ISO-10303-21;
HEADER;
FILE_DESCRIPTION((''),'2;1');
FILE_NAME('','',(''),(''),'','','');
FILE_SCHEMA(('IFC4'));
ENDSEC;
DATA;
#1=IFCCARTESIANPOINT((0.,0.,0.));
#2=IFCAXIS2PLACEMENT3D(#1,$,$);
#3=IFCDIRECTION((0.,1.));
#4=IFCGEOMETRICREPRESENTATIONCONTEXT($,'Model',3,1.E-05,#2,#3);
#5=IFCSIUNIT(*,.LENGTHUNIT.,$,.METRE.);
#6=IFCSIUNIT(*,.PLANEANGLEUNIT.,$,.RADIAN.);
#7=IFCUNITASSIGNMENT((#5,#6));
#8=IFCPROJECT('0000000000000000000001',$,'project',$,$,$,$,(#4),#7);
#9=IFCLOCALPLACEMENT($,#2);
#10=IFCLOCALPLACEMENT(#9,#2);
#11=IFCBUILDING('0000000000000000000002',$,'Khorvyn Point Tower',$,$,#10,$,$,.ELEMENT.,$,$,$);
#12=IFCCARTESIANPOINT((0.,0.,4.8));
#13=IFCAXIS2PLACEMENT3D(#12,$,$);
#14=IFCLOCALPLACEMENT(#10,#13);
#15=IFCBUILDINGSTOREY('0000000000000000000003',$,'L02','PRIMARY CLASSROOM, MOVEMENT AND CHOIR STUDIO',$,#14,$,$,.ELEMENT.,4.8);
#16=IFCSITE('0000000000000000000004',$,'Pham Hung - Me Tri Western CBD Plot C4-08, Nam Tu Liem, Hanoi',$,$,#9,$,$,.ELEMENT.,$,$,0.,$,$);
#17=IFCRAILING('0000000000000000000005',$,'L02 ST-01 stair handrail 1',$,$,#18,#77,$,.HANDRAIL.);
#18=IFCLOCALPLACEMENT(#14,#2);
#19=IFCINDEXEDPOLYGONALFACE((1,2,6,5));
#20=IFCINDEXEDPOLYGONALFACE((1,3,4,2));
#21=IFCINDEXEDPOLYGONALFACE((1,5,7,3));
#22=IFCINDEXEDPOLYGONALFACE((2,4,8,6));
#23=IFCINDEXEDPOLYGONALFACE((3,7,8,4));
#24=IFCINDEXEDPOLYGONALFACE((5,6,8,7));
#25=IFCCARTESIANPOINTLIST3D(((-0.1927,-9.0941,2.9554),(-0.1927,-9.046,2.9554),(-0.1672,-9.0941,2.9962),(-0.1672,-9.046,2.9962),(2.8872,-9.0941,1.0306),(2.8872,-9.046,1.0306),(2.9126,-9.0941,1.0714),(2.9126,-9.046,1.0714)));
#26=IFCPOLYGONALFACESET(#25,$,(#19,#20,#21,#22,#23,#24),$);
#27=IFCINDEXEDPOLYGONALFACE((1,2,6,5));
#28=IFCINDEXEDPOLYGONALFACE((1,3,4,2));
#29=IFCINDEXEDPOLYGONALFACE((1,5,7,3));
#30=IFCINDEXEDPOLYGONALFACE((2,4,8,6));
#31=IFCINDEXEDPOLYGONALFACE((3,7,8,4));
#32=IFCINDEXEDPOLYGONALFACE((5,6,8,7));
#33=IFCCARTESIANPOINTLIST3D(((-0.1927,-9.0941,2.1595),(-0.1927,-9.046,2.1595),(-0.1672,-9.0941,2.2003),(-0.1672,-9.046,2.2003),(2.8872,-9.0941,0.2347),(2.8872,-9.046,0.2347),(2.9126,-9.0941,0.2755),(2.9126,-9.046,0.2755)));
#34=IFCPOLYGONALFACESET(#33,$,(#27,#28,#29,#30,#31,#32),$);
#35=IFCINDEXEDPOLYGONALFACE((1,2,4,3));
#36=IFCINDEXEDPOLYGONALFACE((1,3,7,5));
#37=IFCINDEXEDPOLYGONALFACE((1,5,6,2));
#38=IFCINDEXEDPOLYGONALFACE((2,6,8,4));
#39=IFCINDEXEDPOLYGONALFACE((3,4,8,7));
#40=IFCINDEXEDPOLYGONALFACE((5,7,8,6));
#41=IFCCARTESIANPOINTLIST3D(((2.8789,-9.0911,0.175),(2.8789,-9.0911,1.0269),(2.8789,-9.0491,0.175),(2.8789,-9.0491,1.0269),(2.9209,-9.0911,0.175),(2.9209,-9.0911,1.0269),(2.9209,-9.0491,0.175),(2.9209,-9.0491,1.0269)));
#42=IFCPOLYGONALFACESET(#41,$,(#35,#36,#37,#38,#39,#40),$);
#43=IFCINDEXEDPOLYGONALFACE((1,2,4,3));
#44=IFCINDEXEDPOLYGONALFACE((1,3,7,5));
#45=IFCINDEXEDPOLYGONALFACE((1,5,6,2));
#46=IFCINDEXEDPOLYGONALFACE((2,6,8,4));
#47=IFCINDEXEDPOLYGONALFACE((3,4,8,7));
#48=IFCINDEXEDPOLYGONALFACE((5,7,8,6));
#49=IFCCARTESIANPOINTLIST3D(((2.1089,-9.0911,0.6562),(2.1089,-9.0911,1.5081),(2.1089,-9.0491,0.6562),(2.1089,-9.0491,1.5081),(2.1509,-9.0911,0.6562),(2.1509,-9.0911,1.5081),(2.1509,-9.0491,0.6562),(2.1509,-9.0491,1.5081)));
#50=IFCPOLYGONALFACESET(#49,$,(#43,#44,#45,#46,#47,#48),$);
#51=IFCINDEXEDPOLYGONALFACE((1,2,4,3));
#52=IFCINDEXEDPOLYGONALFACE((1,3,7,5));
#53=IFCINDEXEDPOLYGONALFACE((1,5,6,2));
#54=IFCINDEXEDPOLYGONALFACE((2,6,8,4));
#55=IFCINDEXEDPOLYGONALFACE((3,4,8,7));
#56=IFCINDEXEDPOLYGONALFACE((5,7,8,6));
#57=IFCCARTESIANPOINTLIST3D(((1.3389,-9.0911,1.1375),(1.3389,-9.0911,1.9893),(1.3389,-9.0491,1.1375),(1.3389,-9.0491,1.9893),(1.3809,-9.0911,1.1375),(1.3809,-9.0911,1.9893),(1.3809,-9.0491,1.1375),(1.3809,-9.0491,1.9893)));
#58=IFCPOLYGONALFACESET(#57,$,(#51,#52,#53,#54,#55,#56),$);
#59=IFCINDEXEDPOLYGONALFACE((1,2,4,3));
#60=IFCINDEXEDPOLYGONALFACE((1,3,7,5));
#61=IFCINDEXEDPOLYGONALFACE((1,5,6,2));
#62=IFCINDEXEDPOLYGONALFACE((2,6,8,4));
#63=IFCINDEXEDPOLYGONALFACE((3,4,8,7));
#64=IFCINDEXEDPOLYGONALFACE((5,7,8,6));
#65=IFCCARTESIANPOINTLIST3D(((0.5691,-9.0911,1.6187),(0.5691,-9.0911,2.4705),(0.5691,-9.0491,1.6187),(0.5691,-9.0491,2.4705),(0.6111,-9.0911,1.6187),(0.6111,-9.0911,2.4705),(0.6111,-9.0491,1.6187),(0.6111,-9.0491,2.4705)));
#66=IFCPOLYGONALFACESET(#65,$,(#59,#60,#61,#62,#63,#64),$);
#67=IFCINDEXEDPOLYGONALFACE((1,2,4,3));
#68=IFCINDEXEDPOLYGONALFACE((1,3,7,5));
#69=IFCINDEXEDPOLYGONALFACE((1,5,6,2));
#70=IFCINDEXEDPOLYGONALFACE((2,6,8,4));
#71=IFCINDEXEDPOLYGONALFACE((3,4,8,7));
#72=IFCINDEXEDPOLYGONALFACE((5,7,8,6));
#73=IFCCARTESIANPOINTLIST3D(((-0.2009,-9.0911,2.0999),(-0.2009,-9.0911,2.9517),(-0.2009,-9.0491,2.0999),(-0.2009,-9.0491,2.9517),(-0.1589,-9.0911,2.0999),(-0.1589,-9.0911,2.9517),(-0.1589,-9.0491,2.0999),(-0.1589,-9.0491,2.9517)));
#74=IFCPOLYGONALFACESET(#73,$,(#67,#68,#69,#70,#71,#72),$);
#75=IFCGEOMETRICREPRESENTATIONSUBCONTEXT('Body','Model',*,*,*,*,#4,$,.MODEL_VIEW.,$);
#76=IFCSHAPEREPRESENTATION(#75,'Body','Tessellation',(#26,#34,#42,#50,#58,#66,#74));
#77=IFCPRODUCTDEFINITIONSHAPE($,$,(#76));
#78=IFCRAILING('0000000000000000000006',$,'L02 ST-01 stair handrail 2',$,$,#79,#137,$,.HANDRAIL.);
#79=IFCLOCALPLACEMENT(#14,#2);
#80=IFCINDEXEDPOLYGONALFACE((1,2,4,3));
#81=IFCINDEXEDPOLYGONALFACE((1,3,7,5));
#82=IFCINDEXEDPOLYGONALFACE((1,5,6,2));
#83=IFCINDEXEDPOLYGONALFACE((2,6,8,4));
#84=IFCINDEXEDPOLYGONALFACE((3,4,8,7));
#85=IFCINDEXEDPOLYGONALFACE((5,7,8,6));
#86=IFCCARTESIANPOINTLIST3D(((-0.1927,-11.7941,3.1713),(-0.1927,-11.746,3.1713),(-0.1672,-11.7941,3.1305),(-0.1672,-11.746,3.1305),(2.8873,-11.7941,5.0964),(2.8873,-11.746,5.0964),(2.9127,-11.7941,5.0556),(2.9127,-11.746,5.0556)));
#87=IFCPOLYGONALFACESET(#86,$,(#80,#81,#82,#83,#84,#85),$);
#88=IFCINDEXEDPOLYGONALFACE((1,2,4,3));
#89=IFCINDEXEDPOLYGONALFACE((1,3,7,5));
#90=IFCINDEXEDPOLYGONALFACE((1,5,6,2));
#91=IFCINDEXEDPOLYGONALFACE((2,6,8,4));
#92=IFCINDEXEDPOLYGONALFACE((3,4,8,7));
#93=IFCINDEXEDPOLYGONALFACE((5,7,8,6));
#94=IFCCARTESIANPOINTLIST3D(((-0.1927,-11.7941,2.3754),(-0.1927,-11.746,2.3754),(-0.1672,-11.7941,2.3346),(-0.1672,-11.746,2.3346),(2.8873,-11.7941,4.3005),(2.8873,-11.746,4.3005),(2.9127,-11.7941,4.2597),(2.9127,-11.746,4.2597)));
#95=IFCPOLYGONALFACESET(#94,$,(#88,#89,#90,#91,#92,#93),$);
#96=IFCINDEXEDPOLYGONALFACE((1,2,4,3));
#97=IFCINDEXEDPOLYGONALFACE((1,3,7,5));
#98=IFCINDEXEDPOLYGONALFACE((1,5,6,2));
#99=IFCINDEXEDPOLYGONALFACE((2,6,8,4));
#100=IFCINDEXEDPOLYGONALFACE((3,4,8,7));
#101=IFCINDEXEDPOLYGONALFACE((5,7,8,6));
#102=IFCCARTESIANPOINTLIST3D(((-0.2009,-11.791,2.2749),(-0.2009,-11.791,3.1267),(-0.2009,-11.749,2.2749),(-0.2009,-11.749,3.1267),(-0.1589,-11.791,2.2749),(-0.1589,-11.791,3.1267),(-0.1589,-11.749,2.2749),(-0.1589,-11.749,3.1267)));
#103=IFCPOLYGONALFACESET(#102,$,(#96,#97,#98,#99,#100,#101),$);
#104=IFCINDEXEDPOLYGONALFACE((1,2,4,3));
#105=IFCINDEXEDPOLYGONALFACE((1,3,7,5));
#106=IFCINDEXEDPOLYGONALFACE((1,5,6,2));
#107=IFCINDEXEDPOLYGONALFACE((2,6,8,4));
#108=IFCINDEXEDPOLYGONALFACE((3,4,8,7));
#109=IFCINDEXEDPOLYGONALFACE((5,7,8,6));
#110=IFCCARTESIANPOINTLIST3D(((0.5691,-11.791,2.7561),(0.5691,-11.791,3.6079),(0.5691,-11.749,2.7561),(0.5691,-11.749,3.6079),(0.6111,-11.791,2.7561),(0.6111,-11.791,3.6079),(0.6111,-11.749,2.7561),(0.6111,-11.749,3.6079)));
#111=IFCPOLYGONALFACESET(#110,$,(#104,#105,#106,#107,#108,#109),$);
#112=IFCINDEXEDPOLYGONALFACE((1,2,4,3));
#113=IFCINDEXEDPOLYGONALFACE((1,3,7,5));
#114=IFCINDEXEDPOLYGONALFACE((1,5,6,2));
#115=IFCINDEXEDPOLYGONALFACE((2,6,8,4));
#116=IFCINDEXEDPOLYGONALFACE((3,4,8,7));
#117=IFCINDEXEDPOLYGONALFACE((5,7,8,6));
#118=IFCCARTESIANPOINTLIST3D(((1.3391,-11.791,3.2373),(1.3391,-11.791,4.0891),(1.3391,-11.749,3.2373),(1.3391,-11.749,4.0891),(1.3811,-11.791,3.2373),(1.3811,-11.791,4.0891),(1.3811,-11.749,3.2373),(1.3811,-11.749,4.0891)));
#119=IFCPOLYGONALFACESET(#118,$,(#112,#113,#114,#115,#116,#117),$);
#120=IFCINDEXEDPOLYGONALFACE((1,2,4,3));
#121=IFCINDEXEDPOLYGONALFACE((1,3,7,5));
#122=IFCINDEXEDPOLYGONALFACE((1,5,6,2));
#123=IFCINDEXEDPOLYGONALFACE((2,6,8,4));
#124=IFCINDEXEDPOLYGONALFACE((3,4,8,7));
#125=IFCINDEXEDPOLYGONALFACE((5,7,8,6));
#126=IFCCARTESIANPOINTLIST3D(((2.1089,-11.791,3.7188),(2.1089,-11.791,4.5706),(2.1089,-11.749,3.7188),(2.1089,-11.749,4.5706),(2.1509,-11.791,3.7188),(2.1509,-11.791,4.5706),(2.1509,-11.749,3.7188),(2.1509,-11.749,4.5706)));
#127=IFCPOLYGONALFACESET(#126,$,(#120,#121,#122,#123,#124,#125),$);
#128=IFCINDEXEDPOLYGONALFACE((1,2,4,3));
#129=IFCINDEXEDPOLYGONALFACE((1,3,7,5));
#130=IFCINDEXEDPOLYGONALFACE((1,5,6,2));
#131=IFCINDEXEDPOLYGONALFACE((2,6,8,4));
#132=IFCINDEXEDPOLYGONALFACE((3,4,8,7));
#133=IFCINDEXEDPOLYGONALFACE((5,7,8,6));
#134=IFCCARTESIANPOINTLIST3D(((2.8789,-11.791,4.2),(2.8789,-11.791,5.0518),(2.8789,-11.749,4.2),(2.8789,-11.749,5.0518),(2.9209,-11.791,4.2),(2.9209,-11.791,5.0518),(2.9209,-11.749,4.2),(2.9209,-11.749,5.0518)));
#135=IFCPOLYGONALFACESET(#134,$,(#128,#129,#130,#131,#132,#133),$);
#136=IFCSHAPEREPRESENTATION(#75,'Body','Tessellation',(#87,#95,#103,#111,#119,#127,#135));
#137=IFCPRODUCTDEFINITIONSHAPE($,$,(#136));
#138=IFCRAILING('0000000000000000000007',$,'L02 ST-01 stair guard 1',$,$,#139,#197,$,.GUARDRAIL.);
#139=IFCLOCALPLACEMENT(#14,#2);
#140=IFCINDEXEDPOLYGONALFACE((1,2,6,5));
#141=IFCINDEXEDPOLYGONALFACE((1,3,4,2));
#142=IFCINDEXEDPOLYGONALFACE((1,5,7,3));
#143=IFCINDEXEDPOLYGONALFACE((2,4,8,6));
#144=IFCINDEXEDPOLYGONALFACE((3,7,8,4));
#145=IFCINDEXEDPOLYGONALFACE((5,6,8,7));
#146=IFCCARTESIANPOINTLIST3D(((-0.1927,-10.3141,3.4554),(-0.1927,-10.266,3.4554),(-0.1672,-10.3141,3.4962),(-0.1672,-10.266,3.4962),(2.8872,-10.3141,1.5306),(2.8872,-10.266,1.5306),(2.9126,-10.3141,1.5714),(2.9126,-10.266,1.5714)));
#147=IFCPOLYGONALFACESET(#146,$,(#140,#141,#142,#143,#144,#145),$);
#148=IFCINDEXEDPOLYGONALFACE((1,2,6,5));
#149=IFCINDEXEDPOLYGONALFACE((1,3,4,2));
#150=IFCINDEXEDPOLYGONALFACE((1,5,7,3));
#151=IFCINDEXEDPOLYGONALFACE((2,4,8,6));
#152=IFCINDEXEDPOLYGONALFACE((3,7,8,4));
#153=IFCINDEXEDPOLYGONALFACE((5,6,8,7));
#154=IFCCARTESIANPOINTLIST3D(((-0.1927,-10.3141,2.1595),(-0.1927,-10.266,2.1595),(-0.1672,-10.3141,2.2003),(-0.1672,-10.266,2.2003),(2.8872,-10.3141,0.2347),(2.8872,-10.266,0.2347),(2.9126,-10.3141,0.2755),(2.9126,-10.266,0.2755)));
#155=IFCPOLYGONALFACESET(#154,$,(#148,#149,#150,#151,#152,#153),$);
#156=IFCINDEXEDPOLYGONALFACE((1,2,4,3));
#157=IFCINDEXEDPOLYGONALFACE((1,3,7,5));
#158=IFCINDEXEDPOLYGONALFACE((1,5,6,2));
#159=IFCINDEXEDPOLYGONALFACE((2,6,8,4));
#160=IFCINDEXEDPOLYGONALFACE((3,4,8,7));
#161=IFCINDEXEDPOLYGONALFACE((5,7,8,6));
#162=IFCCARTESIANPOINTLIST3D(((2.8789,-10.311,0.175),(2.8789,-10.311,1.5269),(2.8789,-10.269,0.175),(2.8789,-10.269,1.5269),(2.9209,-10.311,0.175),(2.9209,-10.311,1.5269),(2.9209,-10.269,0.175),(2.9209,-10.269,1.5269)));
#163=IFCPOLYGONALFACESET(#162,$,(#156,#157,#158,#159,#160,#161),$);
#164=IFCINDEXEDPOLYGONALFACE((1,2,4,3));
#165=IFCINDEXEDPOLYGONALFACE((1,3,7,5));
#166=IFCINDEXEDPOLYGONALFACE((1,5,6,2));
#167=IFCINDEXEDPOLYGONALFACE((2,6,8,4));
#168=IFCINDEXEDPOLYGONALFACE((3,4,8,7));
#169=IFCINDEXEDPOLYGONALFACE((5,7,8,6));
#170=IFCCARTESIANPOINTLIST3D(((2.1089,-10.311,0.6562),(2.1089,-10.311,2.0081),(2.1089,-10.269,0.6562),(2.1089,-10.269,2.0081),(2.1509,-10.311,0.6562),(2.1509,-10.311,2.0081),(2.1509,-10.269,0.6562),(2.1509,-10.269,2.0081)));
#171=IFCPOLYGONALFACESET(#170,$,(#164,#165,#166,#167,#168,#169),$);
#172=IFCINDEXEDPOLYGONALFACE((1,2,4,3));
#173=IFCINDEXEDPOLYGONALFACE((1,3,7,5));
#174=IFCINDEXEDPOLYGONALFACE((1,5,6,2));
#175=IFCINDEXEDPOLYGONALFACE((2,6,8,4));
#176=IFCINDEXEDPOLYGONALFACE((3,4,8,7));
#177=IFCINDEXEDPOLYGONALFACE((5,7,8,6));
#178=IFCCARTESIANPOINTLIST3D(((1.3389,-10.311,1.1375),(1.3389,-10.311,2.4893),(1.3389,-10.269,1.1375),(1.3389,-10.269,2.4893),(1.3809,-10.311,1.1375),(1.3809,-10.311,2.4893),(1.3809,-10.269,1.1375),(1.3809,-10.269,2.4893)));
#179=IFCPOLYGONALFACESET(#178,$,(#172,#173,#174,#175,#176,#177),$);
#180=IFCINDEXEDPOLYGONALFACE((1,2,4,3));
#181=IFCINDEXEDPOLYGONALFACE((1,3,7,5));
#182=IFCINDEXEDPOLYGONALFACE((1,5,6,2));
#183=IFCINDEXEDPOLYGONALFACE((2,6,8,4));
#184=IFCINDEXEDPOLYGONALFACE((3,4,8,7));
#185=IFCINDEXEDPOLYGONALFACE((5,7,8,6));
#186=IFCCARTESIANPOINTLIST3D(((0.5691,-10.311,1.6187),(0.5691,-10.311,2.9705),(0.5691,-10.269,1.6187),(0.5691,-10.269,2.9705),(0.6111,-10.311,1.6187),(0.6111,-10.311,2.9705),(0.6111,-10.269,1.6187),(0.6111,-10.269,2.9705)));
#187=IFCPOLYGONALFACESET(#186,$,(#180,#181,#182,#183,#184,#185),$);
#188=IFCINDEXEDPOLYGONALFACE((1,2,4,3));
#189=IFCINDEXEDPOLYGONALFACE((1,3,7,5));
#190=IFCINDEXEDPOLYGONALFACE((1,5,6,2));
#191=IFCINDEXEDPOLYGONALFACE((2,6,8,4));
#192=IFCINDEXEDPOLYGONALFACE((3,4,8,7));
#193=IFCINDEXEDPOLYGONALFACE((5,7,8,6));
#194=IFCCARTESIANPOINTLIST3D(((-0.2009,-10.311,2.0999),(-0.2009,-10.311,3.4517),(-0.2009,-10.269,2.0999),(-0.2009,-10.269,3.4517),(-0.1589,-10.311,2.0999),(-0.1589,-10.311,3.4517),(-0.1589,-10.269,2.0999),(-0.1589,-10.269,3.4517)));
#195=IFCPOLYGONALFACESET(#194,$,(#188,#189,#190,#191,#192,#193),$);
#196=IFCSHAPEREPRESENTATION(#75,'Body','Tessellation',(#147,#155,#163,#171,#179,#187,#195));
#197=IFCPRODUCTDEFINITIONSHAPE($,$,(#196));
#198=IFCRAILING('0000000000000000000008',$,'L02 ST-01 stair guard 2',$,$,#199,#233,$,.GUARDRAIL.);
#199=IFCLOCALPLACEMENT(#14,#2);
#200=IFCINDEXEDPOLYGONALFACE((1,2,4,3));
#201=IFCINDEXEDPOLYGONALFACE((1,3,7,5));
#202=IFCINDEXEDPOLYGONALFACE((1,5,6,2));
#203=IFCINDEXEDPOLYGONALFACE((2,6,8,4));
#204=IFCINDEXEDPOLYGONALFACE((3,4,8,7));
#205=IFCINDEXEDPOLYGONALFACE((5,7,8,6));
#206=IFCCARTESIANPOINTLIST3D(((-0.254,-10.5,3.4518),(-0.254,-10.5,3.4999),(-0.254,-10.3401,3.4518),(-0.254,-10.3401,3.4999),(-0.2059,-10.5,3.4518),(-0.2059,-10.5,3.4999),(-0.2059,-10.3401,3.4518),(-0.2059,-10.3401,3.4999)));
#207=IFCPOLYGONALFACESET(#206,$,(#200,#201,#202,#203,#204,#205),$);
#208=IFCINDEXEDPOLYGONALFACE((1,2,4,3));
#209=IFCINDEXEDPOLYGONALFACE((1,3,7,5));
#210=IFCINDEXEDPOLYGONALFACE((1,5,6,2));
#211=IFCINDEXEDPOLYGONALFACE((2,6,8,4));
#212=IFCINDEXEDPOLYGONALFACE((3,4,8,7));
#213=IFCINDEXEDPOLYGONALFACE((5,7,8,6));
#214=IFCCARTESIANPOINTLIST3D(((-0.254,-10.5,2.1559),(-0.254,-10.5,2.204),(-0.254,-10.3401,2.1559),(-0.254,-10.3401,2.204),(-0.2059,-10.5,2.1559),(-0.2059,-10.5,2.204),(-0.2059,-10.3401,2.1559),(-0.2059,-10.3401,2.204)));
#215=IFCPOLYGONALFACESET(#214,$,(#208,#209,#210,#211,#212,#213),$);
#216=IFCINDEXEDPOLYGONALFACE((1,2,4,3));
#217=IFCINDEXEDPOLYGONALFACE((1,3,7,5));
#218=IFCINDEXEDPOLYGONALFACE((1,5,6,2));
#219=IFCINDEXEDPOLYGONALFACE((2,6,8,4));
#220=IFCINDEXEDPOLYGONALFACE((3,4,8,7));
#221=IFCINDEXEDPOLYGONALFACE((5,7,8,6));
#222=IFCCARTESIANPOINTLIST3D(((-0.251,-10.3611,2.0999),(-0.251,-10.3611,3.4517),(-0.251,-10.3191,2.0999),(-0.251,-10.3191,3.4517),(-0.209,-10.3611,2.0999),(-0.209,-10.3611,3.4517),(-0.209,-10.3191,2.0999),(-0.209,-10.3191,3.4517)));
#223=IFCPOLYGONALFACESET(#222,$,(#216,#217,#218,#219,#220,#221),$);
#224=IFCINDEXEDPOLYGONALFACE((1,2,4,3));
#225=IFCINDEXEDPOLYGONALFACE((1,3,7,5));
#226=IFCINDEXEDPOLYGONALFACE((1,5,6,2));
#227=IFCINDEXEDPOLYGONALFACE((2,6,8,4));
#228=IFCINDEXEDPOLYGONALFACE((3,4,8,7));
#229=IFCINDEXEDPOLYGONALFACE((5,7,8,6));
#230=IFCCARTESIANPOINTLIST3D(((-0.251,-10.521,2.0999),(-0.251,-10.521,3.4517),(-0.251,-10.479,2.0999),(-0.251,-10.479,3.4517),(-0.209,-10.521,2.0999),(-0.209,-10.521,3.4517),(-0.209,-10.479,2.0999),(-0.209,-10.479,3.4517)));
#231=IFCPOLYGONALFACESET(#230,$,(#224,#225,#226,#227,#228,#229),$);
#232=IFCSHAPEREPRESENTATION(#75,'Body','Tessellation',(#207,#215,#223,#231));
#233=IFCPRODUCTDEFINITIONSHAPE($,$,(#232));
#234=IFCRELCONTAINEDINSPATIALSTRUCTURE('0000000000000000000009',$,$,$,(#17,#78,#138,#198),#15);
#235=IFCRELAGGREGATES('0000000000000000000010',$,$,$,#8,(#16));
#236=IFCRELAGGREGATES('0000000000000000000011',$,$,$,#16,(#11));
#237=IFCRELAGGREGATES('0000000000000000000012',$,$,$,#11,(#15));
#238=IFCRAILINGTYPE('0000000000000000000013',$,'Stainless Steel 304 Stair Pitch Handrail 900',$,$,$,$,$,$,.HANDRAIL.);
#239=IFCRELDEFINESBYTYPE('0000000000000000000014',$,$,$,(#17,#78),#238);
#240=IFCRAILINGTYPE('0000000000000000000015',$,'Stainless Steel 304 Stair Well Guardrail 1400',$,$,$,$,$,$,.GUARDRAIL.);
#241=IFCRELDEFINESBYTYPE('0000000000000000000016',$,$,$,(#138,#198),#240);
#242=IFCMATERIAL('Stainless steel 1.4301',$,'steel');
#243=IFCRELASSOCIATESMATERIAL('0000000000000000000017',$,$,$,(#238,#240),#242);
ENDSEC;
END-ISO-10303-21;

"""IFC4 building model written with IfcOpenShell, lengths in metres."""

from ifc_helpers import new_model, si_unit, direction, frame, origin, origin_2d, place, context, subcontext, project, spatial, rectangle, extrude, material, type_object, element, save


model = new_model("IFC4")

# Units and contexts
model_context = context("Model", 3, precision=1e-05, world=origin(), true_north=direction((0.0, 1.0)))
body_context = subcontext(model_context, "Body", "Model", "MODEL_VIEW")
ifc_project = project(units=[si_unit("LENGTHUNIT", "METRE"), si_unit("PLANEANGLEUNIT", "RADIAN")], contexts=[model_context])

# Site, building, storey
site_placement = place(None, origin())
site = spatial("IfcSite", under=ifc_project, at=site_placement, Name="Pham Hung - Me Tri Western CBD Plot C4-08, Nam Tu Liem, Hanoi", CompositionType="ELEMENT", RefElevation=0.0)
building_placement = place(site_placement, origin())
building = spatial("IfcBuilding", under=site, at=building_placement, Name="Khorvyn Point Tower", CompositionType="ELEMENT")
storey_placement = place(building_placement, frame((0.0, 0.0, 4.8)))
storey = spatial("IfcBuildingStorey", under=building, at=storey_placement, Name="L02", Description="PRIMARY CLASSROOM, MOVEMENT AND CHOIR STUDIO", CompositionType="ELEMENT", Elevation=4.8)

# Railings
ifc_material_1 = material(Name="Stainless steel 1.4301", Category="steel")
railing_type_1 = type_object("IfcRailingType", Name="Stainless Steel 304 Stair Pitch Handrail 900", PredefinedType="HANDRAIL", material=ifc_material_1)
railing_1_placement = place(storey_placement, frame((2.8999, -9.0701, 0.175)))
element("IfcRailing", 1, at=railing_1_placement, inside=storey, type_object=railing_type_1, Name="L02 ST-01 stair handrail 1", PredefinedType="HANDRAIL", context=body_context, shape_type="SweptSolid", body=[
    extrude(rectangle(XDim=0.0481, YDim=0.0481, at=origin_2d()), frame((0.0, 0.0, 0.876), z_axis=(-0.84801, 0.0, 0.529981), x_axis=(0.0, -1.0, 0.0)), (0.0, 0.0, 1.0), 3.6318),
    extrude(rectangle(XDim=0.0481, YDim=0.0481, at=origin_2d()), frame((0.0, 0.0, 0.0801), z_axis=(-0.84801, 0.0, 0.529981), x_axis=(0.0, -1.0, 0.0)), (0.0, 0.0, 1.0), 3.6318),
    extrude(rectangle(XDim=0.042, YDim=0.042, at=origin_2d()), origin(), (0.0, 0.0, 1.0), 0.8518),
    extrude(rectangle(XDim=0.042, YDim=0.042, at=origin_2d()), frame((-0.77, 0.0, 0.4812)), (0.0, 0.0, 1.0), 0.8518),
    extrude(rectangle(XDim=0.042, YDim=0.042, at=origin_2d()), frame((-1.54, 0.0, 0.9624)), (0.0, 0.0, 1.0), 0.8518),
    extrude(rectangle(XDim=0.042, YDim=0.042, at=origin_2d()), frame((-2.3098, 0.0, 1.4436)), (0.0, 0.0, 1.0), 0.8518),
    extrude(rectangle(XDim=0.042, YDim=0.042, at=origin_2d()), frame((-3.0798, 0.0, 1.9248)), (0.0, 0.0, 1.0), 0.8518),
])
railing_2_placement = place(storey_placement, frame((-0.1799, -11.77, 2.2749)))
element("IfcRailing", 2, at=railing_2_placement, inside=storey, type_object=railing_type_1, Name="L02 ST-01 stair handrail 2", PredefinedType="HANDRAIL", context=body_context, shape_type="SweptSolid", body=[
    extrude(rectangle(XDim=0.0481, YDim=0.0481, at=origin_2d()), frame((0.0, 0.0, 0.876), z_axis=(0.847979, 0.0, 0.530029), x_axis=(0.0, 1.0, 0.0)), (0.0, 0.0, 1.0), 3.6321),
    extrude(rectangle(XDim=0.0481, YDim=0.0481, at=origin_2d()), frame((0.0, 0.0, 0.0801), z_axis=(0.847979, 0.0, 0.530029), x_axis=(0.0, 1.0, 0.0)), (0.0, 0.0, 1.0), 3.6321),
    extrude(rectangle(XDim=0.042, YDim=0.042, at=origin_2d()), origin(), (0.0, 0.0, 1.0), 0.8518),
    extrude(rectangle(XDim=0.042, YDim=0.042, at=origin_2d()), frame((0.77, 0.0, 0.4812)), (0.0, 0.0, 1.0), 0.8518),
    extrude(rectangle(XDim=0.042, YDim=0.042, at=origin_2d()), frame((1.54, 0.0, 0.9624)), (0.0, 0.0, 1.0), 0.8518),
    extrude(rectangle(XDim=0.042, YDim=0.042, at=origin_2d()), frame((2.3098, 0.0, 1.4438)), (0.0, 0.0, 1.0), 0.8518),
    extrude(rectangle(XDim=0.042, YDim=0.042, at=origin_2d()), frame((3.0798, 0.0, 1.925)), (0.0, 0.0, 1.0), 0.8518),
])
railing_type_2 = type_object("IfcRailingType", Name="Stainless Steel 304 Stair Well Guardrail 1400", PredefinedType="GUARDRAIL", material=ifc_material_1)
railing_3_placement = place(storey_placement, frame((2.8999, -10.29, 0.175)))
element("IfcRailing", 3, at=railing_3_placement, inside=storey, type_object=railing_type_2, Name="L02 ST-01 stair guard 1", PredefinedType="GUARDRAIL", context=body_context, shape_type="SweptSolid", body=[
    extrude(rectangle(XDim=0.0481, YDim=0.0481, at=origin_2d()), frame((0.0, 0.0, 1.376), z_axis=(-0.84801, 0.0, 0.529981), x_axis=(0.0, -1.0, 0.0)), (0.0, 0.0, 1.0), 3.6318),
    extrude(rectangle(XDim=0.0481, YDim=0.0481, at=origin_2d()), frame((0.0, 0.0, 0.0801), z_axis=(-0.84801, 0.0, 0.529981), x_axis=(0.0, -1.0, 0.0)), (0.0, 0.0, 1.0), 3.6318),
    extrude(rectangle(XDim=0.042, YDim=0.042, at=origin_2d()), origin(), (0.0, 0.0, 1.0), 1.3518),
    extrude(rectangle(XDim=0.042, YDim=0.042, at=origin_2d()), frame((-0.77, 0.0, 0.4812)), (0.0, 0.0, 1.0), 1.3518),
    extrude(rectangle(XDim=0.042, YDim=0.042, at=origin_2d()), frame((-1.54, 0.0, 0.9624)), (0.0, 0.0, 1.0), 1.3518),
    extrude(rectangle(XDim=0.042, YDim=0.042, at=origin_2d()), frame((-2.3098, 0.0, 1.4436)), (0.0, 0.0, 1.0), 1.3518),
    extrude(rectangle(XDim=0.042, YDim=0.042, at=origin_2d()), frame((-3.0798, 0.0, 1.9248)), (0.0, 0.0, 1.0), 1.3518),
])
railing_4_placement = place(storey_placement, frame((-0.23, -10.3401, 2.0999)))
element("IfcRailing", 4, at=railing_4_placement, inside=storey, type_object=railing_type_2, Name="L02 ST-01 stair guard 2", PredefinedType="GUARDRAIL", context=body_context, shape_type="SweptSolid", body=[
    extrude(rectangle(XDim=0.0481, YDim=0.0481, at=origin_2d()), frame((0.0, 0.0, 1.376), z_axis=(0.0, -1.0, 0.0), x_axis=(1.0, 0.0, 0.0)), (0.0, 0.0, 1.0), 0.1599),
    extrude(rectangle(XDim=0.0481, YDim=0.0481, at=origin_2d()), frame((0.0, 0.0, 0.0801), z_axis=(0.0, -1.0, 0.0), x_axis=(1.0, 0.0, 0.0)), (0.0, 0.0, 1.0), 0.1599),
    extrude(rectangle(XDim=0.042, YDim=0.042, at=origin_2d()), origin(), (0.0, 0.0, 1.0), 1.3518),
    extrude(rectangle(XDim=0.042, YDim=0.042, at=origin_2d()), frame((0.0, -0.1599, 0.0)), (0.0, 0.0, 1.0), 1.3518),
])

save(model, "model.ifc")
